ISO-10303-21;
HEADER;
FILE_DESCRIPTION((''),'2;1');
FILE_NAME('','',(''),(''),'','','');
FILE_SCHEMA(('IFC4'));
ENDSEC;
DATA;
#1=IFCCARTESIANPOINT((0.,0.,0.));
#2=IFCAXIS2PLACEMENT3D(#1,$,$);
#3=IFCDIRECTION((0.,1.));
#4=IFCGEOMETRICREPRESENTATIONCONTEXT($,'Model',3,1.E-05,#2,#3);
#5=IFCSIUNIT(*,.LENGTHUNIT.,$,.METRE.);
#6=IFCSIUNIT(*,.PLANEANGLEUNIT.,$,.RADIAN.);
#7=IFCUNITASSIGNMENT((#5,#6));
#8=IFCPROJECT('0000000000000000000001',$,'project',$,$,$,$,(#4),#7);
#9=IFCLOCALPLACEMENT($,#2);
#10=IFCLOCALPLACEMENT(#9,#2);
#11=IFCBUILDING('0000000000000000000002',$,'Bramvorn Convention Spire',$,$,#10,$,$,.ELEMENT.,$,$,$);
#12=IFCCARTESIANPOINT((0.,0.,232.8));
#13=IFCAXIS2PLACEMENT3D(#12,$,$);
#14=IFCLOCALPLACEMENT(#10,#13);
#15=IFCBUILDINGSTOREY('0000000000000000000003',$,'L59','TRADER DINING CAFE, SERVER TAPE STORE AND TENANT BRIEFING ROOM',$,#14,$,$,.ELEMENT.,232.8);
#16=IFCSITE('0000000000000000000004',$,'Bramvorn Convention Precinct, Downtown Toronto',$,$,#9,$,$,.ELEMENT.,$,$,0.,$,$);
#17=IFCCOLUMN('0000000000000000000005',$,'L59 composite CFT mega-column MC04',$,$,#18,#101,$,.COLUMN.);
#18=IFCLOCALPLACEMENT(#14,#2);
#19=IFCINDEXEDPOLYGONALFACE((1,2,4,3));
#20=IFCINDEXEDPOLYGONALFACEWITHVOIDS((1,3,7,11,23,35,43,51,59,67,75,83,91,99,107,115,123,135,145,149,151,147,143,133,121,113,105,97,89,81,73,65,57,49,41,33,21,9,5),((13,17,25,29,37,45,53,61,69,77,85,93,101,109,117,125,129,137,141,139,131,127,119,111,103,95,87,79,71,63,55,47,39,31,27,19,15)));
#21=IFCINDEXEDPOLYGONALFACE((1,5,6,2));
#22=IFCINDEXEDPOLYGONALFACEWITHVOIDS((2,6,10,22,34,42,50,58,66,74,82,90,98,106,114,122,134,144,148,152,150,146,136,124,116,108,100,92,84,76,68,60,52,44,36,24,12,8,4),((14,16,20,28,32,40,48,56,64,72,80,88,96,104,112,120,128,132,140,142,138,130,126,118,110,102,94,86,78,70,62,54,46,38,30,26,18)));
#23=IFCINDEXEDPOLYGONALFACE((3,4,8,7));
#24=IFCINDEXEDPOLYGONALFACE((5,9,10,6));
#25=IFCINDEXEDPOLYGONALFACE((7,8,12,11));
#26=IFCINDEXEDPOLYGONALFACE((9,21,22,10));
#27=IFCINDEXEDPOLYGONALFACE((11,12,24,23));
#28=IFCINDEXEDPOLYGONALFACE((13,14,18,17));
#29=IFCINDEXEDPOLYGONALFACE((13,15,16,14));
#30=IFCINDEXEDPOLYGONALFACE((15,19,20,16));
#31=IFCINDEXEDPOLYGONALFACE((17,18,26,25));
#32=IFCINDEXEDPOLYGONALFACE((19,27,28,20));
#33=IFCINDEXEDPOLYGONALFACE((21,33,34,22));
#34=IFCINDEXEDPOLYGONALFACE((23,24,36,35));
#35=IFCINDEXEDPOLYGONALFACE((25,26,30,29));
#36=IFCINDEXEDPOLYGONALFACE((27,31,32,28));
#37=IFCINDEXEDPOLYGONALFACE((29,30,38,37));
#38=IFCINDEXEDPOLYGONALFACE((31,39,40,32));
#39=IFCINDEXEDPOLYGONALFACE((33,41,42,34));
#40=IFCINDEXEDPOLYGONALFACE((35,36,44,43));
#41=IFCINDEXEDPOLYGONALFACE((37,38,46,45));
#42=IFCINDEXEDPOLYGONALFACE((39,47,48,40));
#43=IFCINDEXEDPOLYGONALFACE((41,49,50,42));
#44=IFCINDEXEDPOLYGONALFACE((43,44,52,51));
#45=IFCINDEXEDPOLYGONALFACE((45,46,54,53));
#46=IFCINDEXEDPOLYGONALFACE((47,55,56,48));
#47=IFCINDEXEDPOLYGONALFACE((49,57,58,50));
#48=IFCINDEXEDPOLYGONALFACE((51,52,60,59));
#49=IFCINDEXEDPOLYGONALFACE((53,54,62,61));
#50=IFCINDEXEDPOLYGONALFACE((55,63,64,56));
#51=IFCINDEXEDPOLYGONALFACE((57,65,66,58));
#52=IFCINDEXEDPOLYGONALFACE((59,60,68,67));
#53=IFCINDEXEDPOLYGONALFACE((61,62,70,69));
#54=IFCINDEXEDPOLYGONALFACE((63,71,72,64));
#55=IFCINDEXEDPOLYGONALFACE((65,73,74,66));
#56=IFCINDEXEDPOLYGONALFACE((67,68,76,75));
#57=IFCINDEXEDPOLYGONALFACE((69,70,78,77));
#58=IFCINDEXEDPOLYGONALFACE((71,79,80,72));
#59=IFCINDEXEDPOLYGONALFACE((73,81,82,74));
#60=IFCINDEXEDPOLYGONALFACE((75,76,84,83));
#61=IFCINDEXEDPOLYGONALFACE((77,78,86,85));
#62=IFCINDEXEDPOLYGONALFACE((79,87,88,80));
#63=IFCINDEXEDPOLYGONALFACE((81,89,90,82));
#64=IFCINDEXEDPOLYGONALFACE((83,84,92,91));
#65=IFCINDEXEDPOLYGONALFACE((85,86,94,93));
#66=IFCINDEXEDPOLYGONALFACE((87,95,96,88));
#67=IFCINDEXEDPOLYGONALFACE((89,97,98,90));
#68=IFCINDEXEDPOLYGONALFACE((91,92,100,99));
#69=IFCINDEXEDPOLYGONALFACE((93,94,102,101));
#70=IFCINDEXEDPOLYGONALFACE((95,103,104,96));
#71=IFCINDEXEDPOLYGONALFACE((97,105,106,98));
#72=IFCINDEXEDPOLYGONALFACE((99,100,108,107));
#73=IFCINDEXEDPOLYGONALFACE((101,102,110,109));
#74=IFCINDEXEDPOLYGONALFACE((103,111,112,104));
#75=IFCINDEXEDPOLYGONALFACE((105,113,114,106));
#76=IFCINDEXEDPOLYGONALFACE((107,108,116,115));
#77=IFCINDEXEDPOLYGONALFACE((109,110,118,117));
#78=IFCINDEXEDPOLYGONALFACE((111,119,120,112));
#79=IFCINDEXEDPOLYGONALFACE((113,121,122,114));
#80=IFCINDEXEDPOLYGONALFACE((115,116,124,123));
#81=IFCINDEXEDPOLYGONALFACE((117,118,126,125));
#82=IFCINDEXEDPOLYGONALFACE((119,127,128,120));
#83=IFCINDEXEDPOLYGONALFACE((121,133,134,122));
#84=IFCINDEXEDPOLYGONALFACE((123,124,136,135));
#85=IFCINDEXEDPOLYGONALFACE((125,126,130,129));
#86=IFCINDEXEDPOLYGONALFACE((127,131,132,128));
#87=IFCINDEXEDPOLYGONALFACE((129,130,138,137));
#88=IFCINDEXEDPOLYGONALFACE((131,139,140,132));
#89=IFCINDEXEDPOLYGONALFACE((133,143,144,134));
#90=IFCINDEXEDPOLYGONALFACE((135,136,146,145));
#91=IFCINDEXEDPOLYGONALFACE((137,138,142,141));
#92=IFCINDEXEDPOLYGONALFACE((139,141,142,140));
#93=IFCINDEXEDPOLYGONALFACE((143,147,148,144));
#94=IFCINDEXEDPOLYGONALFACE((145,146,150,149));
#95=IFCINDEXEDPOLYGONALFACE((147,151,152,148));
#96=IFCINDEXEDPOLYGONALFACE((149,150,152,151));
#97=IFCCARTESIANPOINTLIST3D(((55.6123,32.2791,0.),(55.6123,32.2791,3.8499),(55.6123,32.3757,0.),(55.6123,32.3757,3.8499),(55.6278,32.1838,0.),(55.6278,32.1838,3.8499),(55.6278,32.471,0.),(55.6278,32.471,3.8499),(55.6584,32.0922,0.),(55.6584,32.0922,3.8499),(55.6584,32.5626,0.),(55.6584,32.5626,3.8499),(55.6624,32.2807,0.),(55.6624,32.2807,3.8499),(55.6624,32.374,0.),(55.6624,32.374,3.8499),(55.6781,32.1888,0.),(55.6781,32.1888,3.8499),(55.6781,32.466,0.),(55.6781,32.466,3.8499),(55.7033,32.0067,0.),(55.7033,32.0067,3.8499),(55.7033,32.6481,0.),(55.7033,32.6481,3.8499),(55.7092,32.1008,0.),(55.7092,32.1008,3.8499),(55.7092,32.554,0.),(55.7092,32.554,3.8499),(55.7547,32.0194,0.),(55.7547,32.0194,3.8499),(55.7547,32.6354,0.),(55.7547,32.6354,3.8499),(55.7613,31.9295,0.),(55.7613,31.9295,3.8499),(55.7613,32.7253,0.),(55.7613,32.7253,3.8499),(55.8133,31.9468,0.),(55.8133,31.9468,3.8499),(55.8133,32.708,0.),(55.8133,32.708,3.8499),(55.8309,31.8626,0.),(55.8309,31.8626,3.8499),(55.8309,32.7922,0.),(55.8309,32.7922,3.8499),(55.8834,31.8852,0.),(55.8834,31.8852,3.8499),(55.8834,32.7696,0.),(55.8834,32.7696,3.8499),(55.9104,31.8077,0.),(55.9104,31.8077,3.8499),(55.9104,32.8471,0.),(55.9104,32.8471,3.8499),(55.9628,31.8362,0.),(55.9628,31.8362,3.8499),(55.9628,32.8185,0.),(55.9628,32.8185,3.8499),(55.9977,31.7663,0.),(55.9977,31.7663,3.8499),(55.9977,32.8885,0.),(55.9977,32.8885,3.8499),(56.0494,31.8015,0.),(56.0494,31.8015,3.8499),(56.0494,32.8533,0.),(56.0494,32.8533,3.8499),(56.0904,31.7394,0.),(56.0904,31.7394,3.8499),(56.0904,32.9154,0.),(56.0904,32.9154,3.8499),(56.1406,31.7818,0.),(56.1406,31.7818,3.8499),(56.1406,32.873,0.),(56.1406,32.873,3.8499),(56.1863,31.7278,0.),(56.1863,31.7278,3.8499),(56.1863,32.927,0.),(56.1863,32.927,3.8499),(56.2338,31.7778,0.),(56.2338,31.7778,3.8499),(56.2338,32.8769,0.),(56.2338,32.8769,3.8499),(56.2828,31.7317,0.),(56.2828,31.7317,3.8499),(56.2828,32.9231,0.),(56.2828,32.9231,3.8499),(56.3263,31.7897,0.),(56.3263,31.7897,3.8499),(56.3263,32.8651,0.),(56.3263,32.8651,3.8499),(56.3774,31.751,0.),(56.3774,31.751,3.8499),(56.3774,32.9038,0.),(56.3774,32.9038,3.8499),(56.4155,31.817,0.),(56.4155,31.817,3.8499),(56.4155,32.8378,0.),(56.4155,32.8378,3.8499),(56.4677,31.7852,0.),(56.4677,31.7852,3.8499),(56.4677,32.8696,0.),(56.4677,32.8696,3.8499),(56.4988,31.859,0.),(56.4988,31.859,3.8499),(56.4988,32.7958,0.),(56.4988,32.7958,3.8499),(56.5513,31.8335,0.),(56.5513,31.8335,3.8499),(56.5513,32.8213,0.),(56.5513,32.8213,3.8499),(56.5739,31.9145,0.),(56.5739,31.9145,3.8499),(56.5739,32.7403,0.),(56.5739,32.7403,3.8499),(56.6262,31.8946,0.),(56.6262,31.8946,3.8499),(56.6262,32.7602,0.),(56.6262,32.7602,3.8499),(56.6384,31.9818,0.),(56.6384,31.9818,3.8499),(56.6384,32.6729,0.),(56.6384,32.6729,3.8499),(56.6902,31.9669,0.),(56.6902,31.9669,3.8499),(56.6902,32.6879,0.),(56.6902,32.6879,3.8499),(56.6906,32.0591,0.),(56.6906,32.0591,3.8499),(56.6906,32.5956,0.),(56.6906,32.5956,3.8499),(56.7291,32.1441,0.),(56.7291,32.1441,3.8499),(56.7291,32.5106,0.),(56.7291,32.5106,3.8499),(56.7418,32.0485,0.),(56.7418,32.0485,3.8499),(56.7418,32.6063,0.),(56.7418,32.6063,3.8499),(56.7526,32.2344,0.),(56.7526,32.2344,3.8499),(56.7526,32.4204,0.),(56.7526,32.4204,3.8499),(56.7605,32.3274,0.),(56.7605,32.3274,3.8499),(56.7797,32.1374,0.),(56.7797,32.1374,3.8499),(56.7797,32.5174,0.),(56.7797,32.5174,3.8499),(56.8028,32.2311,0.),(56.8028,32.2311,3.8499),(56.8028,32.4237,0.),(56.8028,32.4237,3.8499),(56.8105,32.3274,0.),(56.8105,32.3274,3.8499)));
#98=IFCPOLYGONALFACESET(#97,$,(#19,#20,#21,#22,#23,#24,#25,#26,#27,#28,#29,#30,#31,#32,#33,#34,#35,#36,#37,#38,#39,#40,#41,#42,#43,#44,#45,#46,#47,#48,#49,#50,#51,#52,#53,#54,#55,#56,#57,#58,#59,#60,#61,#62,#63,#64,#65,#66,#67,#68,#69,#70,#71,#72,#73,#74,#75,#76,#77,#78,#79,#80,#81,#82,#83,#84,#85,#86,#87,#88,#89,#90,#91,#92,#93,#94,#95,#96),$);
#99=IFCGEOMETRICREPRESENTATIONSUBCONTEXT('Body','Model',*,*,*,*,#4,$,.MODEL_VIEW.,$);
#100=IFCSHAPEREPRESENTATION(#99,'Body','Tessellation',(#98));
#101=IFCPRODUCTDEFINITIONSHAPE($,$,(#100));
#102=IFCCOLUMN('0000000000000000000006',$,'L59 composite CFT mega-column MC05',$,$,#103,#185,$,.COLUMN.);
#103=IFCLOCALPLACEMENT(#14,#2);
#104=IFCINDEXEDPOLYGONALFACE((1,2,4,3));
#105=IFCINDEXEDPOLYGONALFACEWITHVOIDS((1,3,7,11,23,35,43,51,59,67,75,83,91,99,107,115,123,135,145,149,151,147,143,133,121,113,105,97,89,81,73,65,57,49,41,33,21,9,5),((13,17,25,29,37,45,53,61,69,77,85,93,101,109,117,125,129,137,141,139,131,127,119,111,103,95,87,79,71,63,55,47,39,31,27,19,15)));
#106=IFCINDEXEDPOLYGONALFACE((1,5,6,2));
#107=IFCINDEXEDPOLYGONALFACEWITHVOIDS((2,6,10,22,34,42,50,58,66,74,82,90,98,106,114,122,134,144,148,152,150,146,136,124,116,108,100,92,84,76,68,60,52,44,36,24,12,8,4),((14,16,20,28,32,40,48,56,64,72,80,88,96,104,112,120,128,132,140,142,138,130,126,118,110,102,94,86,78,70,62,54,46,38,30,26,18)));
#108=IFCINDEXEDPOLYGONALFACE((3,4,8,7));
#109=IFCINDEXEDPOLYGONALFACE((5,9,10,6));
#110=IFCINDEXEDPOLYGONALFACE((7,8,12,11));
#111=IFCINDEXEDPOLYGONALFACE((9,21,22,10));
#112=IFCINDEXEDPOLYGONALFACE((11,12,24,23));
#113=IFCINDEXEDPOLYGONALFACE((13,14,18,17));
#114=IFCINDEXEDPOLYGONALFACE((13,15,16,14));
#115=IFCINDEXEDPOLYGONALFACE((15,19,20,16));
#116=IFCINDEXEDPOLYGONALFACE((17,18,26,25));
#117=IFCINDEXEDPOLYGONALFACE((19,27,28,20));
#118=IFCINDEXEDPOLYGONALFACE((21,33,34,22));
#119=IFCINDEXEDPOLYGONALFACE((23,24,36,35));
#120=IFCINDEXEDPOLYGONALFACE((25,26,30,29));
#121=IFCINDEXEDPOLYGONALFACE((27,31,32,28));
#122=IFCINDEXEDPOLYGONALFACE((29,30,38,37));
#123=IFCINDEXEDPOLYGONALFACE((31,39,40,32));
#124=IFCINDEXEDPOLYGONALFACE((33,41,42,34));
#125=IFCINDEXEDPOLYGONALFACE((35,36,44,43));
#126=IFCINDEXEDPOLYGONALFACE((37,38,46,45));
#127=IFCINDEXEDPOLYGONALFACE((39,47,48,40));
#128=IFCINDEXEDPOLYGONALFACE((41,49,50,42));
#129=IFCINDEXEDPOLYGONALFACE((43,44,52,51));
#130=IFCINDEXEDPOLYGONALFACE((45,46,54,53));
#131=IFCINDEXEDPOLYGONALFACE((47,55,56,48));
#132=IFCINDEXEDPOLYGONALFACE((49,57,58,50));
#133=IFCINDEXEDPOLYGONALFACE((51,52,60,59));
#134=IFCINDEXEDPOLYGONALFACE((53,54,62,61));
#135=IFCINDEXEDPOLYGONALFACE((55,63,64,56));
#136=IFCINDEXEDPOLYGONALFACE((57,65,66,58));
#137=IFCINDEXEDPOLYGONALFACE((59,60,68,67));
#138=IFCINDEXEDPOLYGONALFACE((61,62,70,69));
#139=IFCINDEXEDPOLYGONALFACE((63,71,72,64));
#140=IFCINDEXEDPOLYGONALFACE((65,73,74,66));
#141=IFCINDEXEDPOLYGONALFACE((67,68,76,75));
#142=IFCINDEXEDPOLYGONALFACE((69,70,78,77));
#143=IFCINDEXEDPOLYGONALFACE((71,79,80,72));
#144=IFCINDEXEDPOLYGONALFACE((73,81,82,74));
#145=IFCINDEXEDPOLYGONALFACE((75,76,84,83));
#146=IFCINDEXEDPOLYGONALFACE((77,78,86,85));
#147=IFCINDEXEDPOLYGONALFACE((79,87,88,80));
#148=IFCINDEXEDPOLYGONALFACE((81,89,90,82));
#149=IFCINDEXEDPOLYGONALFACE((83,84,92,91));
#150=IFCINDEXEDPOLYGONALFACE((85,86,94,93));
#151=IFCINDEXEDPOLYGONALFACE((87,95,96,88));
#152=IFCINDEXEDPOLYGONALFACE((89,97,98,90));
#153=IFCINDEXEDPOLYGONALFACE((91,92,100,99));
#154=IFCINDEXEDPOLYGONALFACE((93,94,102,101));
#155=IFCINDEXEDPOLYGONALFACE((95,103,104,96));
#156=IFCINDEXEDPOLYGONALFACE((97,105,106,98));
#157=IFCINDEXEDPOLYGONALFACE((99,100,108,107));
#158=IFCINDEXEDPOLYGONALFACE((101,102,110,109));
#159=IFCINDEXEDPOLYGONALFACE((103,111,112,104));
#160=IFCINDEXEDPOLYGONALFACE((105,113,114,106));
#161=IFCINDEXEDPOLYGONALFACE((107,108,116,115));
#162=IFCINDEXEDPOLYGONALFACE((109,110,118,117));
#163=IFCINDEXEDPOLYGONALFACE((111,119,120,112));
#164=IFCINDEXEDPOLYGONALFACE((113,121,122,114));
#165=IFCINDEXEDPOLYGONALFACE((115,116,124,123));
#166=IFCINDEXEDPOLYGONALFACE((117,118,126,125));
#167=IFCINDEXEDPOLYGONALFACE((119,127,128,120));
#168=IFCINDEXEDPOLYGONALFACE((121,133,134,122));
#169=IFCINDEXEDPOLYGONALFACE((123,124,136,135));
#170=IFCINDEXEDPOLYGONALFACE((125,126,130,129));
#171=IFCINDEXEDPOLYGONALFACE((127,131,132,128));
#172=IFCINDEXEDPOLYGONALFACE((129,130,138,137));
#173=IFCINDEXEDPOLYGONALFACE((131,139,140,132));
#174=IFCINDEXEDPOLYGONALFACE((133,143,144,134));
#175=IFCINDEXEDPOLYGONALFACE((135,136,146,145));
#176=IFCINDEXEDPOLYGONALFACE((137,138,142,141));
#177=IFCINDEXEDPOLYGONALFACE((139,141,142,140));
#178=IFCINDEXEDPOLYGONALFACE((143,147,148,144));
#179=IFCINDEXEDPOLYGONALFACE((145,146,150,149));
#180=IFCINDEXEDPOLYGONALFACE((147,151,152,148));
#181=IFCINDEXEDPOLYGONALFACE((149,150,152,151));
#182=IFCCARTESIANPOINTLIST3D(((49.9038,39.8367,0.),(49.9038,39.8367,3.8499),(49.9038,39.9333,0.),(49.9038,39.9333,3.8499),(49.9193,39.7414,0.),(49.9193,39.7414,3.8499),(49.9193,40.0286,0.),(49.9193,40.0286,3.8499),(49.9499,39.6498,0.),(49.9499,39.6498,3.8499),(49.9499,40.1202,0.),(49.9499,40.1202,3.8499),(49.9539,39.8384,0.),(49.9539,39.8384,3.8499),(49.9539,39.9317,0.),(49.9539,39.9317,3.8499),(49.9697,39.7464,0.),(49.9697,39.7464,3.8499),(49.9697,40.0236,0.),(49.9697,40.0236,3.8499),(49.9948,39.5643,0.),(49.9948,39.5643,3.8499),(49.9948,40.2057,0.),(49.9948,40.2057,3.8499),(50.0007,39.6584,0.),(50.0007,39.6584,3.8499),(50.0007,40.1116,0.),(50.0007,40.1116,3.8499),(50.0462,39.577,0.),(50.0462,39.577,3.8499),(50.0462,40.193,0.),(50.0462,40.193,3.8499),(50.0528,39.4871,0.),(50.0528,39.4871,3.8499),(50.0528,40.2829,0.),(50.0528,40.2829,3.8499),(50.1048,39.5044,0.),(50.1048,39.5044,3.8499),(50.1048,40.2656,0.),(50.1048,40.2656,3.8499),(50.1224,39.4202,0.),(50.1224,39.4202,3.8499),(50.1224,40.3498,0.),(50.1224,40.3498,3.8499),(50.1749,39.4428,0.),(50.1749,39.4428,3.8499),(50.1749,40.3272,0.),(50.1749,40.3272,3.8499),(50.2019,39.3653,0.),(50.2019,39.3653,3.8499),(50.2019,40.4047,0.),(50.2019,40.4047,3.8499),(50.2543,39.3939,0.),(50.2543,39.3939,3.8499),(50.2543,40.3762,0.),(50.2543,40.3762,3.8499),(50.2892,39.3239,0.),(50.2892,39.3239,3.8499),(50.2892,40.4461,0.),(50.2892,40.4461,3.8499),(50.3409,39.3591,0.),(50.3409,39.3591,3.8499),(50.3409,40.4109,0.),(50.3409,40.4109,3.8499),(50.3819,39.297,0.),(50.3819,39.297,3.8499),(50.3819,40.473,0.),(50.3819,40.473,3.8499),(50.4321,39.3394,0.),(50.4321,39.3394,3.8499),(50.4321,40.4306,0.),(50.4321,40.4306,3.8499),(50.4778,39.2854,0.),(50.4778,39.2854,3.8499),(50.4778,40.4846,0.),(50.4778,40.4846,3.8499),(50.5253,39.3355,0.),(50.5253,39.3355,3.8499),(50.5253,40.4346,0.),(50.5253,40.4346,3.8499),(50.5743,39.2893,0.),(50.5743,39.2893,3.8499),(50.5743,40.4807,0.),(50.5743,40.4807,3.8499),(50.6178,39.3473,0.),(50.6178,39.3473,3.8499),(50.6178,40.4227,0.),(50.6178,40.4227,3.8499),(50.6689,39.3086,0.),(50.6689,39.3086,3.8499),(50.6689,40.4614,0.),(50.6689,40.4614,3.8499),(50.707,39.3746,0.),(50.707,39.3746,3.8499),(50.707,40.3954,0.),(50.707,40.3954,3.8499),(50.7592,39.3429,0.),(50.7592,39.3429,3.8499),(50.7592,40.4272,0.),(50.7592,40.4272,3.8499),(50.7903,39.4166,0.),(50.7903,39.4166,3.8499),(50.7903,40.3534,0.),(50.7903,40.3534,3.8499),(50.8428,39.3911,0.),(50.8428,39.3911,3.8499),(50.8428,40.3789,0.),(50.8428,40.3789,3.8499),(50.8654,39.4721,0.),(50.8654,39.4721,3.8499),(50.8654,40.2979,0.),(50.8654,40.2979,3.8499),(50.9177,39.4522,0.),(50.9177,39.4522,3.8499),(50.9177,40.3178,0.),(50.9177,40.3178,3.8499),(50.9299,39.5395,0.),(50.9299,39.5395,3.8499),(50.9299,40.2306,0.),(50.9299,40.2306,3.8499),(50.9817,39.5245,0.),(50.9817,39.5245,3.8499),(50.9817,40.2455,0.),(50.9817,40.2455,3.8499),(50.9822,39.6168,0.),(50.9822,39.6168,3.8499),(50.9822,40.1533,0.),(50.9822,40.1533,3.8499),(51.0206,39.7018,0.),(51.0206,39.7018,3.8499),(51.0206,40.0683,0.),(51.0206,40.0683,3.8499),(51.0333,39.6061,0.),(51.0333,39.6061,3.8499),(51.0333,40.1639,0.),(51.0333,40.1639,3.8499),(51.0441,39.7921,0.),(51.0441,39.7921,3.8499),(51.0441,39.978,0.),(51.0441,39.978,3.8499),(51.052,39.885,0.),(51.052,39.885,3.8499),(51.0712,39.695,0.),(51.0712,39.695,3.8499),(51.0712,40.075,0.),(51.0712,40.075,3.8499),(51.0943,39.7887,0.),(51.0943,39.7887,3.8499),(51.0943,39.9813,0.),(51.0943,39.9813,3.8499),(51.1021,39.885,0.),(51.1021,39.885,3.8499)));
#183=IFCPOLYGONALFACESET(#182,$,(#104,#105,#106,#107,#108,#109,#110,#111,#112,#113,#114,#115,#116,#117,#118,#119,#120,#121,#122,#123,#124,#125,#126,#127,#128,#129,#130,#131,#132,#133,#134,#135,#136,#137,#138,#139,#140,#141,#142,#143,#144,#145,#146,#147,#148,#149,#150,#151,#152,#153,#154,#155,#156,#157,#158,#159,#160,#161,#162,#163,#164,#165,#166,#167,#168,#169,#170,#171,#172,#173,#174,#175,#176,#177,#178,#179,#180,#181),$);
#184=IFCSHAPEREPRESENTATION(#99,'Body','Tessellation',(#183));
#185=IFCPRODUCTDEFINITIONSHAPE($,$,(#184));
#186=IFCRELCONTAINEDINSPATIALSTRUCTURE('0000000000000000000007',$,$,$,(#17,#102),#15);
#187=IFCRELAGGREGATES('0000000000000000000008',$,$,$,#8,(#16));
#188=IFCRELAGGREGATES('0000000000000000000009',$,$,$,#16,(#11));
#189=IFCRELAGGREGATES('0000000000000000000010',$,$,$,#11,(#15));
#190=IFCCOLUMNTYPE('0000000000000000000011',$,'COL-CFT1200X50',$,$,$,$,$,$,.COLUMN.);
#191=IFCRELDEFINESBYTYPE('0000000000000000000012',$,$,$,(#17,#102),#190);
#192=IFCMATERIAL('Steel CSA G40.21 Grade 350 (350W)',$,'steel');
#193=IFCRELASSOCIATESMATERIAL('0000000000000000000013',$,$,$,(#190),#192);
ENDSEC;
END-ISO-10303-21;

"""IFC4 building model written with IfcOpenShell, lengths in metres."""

from ifc_helpers import new_model, si_unit, direction, frame, origin, origin_2d, place, context, subcontext, project, spatial, hollow_circle, extrude, material, material_profile, profile_set, type_object, element, save


model = new_model("IFC4")

# Units and contexts
model_context = context("Model", 3, precision=1e-05, world=origin(), true_north=direction((0.0, 1.0)))
body_context = subcontext(model_context, "Body", "Model", "MODEL_VIEW")
ifc_project = project(units=[si_unit("LENGTHUNIT", "METRE"), si_unit("PLANEANGLEUNIT", "RADIAN")], contexts=[model_context])

# Site, building, storey
site_placement = place(None, origin())
site = spatial("IfcSite", under=ifc_project, at=site_placement, Name="Bramvorn Convention Precinct, Downtown Toronto", CompositionType="ELEMENT", RefElevation=0.0)
building_placement = place(site_placement, origin())
building = spatial("IfcBuilding", under=site, at=building_placement, Name="Bramvorn Convention Spire", CompositionType="ELEMENT")
storey_placement = place(building_placement, frame((0.0, 0.0, 232.8)))
storey = spatial("IfcBuildingStorey", under=building, at=storey_placement, Name="L59", Description="TRADER DINING CAFE, SERVER TAPE STORE AND TENANT BRIEFING ROOM", CompositionType="ELEMENT", Elevation=232.8)

# Columns
ifc_material_1 = material(Name="Steel CSA G40.21 Grade 350 (350W)", Category="steel")
ifc_material_profile_1 = material_profile(ifc_material_1, hollow_circle(Radius=0.6001, WallThickness=0.05, at=origin_2d()))
ifc_profile_set_1 = profile_set([ifc_material_profile_1], Name="Steel CSA G40.21 Grade 350 (350W) - CFT1200X50")
column_type = type_object("IfcColumnType", Name="COL-CFT1200X50", PredefinedType="COLUMN", material=ifc_profile_set_1)
for number, where, z_axis, x_axis, name in (
    (1, (56.2104, 32.3274, 0.0), (0.0, 0.0, 1.0), (1.0, 0.0, 0.0), "L59 composite CFT mega-column MC04"),
    (2, (50.502, 39.885, 0.0), (0.0, 0.0, 1.0), (1.0, 0.0, 0.0), "L59 composite CFT mega-column MC05"),
):
    element("IfcColumn", number, at=place(storey_placement, frame(where, z_axis=z_axis, x_axis=x_axis)), inside=storey, type_object=column_type, Name=name, PredefinedType="COLUMN", context=body_context, shape_type="SweptSolid", body=[
        extrude(hollow_circle(Radius=0.6001, WallThickness=0.05, at=origin_2d()), origin(), (0.0, 0.0, 1.0), 3.8499),
    ])

save(model, "model.ifc")
